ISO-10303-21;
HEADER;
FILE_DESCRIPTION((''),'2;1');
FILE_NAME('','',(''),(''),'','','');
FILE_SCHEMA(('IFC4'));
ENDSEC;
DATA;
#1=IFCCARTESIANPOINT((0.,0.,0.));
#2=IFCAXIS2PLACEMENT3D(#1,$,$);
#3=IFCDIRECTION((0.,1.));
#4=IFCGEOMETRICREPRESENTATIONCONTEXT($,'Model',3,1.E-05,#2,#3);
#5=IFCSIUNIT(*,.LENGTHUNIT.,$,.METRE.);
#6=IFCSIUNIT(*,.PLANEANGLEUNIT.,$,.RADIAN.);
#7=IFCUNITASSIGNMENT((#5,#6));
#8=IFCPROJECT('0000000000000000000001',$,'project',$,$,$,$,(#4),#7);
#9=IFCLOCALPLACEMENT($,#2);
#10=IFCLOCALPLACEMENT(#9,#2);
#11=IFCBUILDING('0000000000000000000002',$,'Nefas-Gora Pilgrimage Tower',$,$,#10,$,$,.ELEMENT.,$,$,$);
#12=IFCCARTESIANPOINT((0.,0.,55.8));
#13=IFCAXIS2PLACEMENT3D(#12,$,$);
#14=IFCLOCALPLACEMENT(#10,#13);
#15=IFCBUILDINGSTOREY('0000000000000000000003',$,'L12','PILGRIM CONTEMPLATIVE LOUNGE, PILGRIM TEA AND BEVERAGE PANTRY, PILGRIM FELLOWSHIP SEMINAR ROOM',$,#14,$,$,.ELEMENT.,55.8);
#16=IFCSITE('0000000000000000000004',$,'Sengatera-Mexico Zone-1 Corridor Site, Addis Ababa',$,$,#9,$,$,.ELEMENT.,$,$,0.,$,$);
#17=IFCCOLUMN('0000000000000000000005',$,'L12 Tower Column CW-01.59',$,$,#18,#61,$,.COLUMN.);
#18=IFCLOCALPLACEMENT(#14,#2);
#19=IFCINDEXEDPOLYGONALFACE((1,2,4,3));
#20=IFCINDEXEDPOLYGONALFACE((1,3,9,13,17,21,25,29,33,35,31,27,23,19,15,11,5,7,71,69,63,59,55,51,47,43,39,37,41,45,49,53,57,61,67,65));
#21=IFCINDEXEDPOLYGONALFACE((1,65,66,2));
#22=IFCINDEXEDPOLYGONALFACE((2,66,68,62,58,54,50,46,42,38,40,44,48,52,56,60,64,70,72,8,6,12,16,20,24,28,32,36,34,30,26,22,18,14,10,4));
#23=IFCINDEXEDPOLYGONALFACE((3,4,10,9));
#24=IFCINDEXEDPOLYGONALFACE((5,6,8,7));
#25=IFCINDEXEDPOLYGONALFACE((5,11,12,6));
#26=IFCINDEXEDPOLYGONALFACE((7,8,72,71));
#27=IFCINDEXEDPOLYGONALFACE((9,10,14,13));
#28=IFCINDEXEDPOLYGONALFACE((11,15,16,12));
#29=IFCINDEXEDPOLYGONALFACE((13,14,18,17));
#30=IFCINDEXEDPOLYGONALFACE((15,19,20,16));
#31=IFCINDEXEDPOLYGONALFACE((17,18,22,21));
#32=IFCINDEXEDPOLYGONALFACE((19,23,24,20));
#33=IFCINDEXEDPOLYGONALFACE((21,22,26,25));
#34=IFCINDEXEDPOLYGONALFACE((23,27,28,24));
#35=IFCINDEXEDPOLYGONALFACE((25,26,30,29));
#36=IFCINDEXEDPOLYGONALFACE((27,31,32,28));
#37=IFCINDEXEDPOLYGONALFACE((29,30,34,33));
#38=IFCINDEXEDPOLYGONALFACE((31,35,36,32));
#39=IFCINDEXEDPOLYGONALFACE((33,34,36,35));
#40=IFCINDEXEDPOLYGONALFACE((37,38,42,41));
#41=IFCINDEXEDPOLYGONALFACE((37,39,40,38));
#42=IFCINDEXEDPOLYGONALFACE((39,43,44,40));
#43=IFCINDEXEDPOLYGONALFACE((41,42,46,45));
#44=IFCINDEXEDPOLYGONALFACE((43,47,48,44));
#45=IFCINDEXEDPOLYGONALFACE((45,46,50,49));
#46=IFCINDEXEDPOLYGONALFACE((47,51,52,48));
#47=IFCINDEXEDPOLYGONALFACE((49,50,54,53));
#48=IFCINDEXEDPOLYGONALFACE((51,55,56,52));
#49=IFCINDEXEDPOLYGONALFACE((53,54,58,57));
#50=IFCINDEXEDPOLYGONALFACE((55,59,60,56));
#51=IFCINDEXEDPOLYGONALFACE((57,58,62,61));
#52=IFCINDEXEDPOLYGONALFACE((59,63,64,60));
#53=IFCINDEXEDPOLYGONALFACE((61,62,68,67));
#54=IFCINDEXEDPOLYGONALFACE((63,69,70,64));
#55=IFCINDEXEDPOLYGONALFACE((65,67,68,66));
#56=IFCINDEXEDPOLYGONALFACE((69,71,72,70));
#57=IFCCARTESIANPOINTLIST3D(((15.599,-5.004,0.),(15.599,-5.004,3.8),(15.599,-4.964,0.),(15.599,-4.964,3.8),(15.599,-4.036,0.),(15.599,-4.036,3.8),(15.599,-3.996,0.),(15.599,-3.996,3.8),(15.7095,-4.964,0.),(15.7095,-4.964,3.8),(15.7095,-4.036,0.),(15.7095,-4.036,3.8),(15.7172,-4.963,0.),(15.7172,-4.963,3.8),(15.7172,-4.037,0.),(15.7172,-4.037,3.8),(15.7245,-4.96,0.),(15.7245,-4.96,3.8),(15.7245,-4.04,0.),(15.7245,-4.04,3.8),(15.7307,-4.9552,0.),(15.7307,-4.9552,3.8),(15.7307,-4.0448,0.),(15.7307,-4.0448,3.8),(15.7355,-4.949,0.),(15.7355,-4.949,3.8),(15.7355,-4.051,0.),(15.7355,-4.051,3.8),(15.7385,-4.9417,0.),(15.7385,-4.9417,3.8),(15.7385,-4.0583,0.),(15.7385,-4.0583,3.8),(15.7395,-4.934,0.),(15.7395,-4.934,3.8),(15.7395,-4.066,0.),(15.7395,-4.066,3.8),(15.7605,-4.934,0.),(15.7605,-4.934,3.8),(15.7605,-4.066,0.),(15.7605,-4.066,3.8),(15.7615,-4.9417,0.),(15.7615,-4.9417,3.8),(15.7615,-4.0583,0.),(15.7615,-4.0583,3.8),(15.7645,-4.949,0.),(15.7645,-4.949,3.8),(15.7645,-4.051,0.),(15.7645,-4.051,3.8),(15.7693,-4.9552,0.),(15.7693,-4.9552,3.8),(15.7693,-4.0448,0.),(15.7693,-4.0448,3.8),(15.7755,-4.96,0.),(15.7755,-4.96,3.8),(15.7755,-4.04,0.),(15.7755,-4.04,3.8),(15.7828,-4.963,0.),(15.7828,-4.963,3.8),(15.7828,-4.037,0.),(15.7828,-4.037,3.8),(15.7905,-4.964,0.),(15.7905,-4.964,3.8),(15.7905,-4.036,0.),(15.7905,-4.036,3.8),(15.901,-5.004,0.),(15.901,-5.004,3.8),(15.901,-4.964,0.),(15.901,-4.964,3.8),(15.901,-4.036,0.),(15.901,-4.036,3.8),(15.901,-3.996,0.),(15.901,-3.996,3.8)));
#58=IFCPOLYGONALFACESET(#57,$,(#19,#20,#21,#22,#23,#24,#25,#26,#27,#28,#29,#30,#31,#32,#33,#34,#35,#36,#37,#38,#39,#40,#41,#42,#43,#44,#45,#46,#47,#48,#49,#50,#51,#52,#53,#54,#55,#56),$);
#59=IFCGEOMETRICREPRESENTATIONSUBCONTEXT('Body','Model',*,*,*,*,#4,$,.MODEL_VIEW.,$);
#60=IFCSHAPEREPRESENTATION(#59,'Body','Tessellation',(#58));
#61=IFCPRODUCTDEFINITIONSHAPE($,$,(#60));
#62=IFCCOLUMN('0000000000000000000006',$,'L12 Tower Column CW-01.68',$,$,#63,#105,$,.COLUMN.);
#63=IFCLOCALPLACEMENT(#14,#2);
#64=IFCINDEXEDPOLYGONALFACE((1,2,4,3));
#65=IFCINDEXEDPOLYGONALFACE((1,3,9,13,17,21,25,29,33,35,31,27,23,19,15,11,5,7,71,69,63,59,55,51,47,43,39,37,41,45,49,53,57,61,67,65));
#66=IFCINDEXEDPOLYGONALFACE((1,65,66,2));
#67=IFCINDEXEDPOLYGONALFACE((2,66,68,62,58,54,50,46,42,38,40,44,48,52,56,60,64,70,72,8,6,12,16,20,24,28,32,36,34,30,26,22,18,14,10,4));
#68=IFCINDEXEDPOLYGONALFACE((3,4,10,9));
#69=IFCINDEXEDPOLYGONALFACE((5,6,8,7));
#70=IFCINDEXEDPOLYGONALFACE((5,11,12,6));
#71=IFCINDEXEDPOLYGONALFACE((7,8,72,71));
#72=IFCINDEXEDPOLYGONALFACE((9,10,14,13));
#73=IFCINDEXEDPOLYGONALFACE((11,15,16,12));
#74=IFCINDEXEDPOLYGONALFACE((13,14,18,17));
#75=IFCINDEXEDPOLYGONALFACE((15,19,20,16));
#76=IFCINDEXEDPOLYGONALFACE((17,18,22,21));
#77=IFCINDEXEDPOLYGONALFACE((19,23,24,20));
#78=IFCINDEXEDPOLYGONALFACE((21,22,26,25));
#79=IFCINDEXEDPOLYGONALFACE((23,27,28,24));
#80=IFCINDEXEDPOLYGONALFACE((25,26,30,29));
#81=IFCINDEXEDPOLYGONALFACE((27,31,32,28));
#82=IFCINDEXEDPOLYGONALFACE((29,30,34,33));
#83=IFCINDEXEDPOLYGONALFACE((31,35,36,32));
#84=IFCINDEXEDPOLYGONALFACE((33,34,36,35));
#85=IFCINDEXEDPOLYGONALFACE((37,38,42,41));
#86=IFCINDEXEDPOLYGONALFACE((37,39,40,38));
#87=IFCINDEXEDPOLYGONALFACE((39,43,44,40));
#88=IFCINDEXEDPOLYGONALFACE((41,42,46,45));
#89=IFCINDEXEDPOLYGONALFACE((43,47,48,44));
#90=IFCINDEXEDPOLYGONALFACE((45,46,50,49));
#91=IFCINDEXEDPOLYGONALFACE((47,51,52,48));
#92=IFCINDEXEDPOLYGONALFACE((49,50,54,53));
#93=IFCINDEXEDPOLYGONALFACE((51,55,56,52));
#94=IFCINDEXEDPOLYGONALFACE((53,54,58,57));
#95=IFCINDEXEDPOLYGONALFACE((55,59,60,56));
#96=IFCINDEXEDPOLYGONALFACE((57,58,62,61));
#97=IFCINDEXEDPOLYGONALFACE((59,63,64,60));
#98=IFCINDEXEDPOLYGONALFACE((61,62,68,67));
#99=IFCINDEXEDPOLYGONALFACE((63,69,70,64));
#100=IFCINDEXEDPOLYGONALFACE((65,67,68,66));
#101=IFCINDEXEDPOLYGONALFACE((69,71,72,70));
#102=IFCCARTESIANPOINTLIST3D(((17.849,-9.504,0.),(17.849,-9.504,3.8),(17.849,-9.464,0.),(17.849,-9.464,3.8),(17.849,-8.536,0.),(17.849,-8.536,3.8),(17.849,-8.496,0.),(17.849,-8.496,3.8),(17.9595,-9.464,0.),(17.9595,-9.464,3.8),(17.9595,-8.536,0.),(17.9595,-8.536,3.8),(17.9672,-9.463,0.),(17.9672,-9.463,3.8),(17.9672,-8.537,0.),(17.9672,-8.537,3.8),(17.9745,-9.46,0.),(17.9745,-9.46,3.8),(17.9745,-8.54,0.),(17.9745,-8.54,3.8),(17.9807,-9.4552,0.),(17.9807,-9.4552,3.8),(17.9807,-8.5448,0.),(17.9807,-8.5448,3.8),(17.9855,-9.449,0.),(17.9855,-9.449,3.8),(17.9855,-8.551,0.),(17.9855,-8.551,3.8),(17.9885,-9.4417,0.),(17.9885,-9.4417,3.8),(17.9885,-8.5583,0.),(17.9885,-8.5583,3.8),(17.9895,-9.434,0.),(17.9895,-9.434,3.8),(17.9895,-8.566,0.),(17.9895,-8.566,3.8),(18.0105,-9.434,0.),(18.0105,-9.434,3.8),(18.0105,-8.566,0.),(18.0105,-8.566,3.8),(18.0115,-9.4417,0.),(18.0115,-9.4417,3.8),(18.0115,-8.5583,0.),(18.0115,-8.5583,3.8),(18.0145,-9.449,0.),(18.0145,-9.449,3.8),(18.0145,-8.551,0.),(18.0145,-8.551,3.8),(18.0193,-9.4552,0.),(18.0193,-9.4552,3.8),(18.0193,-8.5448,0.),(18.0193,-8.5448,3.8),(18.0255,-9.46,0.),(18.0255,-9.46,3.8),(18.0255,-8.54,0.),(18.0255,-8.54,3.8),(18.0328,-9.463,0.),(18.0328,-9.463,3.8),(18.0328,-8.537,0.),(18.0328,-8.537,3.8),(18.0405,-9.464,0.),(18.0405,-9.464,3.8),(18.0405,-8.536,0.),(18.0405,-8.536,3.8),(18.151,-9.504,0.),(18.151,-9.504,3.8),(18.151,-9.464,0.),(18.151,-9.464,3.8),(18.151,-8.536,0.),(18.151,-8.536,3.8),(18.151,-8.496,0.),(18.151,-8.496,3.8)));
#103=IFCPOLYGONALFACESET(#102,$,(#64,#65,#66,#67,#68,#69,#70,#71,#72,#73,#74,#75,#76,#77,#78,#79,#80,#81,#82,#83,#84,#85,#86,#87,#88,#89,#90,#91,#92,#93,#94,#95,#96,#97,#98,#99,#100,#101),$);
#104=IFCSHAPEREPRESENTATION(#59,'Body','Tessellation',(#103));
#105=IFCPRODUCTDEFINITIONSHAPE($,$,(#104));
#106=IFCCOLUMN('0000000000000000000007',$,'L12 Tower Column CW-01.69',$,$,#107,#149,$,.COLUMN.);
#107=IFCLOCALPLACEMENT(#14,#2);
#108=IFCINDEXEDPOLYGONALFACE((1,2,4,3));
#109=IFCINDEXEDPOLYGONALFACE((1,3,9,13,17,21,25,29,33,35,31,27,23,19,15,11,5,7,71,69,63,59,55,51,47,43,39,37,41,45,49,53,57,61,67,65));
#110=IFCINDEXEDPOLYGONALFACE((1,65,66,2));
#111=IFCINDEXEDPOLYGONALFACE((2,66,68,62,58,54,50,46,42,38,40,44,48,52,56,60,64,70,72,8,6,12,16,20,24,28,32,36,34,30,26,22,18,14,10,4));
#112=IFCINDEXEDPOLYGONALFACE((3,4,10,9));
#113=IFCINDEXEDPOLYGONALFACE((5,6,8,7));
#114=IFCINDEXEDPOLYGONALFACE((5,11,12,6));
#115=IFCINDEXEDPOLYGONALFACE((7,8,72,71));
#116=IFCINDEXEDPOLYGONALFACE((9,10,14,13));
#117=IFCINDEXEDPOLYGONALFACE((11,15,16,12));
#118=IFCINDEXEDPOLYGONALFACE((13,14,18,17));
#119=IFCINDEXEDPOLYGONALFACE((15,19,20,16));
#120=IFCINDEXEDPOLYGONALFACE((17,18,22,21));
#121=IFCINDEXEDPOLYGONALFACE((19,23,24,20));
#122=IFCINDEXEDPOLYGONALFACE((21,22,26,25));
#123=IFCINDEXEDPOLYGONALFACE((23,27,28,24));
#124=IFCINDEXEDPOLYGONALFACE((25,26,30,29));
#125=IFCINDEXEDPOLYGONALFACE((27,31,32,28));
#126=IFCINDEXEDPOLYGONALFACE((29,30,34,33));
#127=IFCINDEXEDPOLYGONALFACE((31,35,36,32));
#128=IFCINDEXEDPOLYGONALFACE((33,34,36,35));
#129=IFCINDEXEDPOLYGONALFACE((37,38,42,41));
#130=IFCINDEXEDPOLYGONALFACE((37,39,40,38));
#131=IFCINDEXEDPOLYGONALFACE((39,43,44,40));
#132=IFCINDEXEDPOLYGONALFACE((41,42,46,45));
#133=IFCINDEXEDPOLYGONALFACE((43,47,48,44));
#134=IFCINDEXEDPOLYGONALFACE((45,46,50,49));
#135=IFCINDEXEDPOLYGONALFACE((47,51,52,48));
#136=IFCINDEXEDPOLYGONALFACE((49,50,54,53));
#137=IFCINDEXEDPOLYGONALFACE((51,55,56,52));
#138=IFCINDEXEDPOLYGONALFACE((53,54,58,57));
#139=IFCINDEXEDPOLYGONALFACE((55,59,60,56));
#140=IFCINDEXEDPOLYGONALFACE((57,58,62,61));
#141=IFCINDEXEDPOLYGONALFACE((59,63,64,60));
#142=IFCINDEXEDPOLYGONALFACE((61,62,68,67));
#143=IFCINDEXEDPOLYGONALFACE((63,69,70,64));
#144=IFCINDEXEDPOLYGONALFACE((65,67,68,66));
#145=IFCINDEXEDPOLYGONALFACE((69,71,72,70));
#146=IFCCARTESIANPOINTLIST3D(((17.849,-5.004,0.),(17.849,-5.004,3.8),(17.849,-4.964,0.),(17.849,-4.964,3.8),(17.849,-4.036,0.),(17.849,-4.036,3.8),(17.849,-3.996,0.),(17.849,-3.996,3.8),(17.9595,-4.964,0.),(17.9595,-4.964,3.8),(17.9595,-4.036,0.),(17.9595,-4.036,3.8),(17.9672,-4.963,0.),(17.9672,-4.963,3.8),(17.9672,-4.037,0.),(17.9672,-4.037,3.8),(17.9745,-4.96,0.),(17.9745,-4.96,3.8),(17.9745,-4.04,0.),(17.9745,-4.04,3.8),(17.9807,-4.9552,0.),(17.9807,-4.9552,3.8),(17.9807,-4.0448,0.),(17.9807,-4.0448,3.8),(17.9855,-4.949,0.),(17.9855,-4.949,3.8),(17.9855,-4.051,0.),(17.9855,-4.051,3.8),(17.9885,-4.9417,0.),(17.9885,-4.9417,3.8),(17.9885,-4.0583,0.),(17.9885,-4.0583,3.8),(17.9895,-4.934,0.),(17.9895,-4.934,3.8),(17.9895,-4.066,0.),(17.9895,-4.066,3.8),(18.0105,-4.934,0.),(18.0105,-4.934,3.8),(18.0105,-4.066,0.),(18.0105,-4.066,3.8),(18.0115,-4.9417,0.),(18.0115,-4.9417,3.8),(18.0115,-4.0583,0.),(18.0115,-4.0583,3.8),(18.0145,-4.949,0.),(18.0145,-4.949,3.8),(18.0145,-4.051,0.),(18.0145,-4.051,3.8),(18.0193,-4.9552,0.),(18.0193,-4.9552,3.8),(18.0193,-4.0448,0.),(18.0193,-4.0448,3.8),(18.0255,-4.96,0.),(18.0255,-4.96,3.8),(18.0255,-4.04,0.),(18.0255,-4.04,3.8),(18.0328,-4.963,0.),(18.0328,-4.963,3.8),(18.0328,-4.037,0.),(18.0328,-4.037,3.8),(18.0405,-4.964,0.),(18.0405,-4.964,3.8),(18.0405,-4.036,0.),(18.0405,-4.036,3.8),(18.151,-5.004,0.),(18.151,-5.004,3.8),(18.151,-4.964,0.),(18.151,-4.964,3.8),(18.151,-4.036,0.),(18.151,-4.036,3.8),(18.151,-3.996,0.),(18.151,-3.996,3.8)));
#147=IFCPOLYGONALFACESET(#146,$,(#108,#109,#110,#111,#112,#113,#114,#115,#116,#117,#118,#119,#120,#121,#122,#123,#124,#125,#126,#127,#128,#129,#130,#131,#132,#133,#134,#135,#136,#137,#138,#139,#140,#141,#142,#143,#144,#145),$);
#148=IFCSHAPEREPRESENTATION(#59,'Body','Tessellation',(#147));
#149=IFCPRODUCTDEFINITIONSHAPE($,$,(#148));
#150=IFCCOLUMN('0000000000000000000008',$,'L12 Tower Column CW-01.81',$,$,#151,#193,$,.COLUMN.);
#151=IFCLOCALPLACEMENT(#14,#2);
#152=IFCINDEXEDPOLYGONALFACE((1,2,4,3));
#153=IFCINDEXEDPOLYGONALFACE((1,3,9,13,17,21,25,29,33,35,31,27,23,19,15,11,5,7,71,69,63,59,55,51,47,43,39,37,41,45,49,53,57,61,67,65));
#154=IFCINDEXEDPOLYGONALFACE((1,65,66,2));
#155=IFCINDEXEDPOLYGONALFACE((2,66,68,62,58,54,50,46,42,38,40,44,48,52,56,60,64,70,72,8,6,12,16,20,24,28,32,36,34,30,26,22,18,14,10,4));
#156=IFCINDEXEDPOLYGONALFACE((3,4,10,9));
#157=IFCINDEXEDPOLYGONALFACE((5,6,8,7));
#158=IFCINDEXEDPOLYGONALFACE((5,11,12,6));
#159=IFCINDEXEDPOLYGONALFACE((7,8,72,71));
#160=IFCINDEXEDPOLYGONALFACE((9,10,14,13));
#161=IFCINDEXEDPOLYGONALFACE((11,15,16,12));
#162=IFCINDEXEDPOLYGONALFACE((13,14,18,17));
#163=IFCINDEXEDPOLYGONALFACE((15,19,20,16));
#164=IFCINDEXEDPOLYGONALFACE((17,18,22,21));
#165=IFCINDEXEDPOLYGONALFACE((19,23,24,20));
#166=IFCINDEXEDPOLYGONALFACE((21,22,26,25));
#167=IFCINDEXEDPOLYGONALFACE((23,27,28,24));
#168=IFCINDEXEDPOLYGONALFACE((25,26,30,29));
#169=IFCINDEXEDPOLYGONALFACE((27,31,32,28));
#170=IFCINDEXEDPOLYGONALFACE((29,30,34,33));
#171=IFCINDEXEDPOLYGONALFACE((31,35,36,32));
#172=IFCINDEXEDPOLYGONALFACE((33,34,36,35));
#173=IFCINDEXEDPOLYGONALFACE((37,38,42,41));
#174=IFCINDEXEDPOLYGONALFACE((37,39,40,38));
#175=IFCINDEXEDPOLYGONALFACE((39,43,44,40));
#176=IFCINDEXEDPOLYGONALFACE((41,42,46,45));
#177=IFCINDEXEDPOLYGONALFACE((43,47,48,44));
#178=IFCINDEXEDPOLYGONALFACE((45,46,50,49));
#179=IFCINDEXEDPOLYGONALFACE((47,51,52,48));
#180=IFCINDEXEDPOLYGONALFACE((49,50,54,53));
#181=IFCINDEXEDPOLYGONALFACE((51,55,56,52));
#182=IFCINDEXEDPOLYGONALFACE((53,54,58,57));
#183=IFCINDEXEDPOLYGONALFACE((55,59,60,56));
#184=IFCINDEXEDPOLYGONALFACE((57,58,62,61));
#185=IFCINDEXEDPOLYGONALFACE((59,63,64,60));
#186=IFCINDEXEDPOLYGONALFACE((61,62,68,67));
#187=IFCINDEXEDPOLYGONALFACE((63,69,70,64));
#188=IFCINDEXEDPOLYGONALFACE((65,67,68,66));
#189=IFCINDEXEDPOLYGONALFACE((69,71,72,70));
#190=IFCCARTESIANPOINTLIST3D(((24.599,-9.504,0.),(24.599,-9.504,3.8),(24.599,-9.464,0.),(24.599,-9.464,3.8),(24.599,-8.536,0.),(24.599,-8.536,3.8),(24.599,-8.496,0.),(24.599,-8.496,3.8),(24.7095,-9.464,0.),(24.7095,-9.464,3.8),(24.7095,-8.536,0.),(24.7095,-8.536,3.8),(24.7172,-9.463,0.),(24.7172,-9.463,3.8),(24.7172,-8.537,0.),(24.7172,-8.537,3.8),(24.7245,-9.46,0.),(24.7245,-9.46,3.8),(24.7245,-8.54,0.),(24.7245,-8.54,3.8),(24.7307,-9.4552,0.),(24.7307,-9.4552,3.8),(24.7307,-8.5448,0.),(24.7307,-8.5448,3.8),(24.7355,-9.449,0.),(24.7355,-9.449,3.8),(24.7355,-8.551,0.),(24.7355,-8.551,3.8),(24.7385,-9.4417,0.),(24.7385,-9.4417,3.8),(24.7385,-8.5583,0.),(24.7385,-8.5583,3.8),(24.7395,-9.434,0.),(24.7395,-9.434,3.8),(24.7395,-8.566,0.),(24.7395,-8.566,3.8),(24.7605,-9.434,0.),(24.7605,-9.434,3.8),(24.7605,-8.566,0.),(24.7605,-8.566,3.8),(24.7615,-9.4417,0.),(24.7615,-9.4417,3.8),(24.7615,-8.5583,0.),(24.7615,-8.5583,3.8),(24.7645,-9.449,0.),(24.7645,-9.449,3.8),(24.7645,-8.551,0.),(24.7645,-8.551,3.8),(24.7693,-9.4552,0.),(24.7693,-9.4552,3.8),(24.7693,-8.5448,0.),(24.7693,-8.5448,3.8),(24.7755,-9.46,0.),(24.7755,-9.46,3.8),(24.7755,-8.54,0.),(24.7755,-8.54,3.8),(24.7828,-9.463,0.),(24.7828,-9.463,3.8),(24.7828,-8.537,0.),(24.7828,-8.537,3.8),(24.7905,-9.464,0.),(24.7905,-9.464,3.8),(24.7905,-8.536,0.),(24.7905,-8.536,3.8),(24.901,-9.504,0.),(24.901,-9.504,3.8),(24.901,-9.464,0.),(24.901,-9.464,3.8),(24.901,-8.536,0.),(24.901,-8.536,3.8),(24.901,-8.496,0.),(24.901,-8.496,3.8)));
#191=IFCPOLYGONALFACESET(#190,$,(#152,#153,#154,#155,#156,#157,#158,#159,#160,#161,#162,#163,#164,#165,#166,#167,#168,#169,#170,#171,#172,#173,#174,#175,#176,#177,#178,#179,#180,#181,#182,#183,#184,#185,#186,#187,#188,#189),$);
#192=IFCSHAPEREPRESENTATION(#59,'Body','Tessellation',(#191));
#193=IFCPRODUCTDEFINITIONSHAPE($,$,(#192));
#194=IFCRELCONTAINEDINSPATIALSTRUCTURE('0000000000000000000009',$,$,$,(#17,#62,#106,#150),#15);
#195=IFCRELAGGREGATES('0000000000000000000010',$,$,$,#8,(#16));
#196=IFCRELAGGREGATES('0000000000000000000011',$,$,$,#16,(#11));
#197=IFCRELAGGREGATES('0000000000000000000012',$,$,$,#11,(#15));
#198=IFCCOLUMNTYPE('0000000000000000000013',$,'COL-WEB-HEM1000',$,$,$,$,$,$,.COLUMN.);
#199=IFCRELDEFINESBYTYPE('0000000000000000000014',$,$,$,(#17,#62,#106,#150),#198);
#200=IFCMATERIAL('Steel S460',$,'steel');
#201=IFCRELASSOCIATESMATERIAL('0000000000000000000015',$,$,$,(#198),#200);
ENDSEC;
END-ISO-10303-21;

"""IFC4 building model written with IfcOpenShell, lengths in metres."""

from ifc_helpers import new_model, si_unit, direction, frame, origin, origin_2d, place, context, subcontext, project, spatial, i_section, extrude, source, transform, mapped, material, material_profile, profile_set, type_object, element, save


model = new_model("IFC4")

# Units and contexts
model_context = context("Model", 3, precision=1e-05, world=origin(), true_north=direction((0.0, 1.0)))
body_context = subcontext(model_context, "Body", "Model", "MODEL_VIEW")
ifc_project = project(units=[si_unit("LENGTHUNIT", "METRE"), si_unit("PLANEANGLEUNIT", "RADIAN")], contexts=[model_context])

# Site, building, storey
site_placement = place(None, origin())
site = spatial("IfcSite", under=ifc_project, at=site_placement, Name="Sengatera-Mexico Zone-1 Corridor Site, Addis Ababa", CompositionType="ELEMENT", RefElevation=0.0)
building_placement = place(site_placement, origin())
building = spatial("IfcBuilding", under=site, at=building_placement, Name="Nefas-Gora Pilgrimage Tower", CompositionType="ELEMENT")
storey_placement = place(building_placement, frame((0.0, 0.0, 55.8)))
storey = spatial("IfcBuildingStorey", under=building, at=storey_placement, Name="L12", Description="PILGRIM CONTEMPLATIVE LOUNGE, PILGRIM TEA AND BEVERAGE PANTRY, PILGRIM FELLOWSHIP SEMINAR ROOM", CompositionType="ELEMENT", Elevation=55.8)

# Columns
ifc_material_1 = material(Name="Steel S460", Category="steel")
ifc_material_profile_1 = material_profile(ifc_material_1, i_section(OverallWidth=0.302, OverallDepth=1.0081, WebThickness=0.021, FlangeThickness=0.04, FilletRadius=0.03, at=origin_2d()), Name="HEM 1000")
ifc_profile_set_1 = profile_set([ifc_material_profile_1], Name="Steel S460")
column_type_1 = type_object("IfcColumnType", Name="COL-WEB-HEM1000", PredefinedType="COLUMN", material=ifc_profile_set_1)
shared_shape_1 = source(origin(), body_context, "Body", "SweptSolid", [
    extrude(i_section(OverallWidth=0.302, OverallDepth=1.0081, WebThickness=0.021, FlangeThickness=0.04, FilletRadius=0.03, at=origin_2d()), origin(), (0.0, 0.0, 1.0), 3.8),
])
for number, where, z_axis, x_axis, name in (
    (1, (15.75, -4.5, 0.0), (0.0, 0.0, 1.0), (1.0, 0.0, 0.0), "L12 Tower Column CW-01.59"),
    (2, (18.0, -9.0, 0.0), (0.0, 0.0, 1.0), (1.0, 0.0, 0.0), "L12 Tower Column CW-01.68"),
    (3, (18.0, -4.5, 0.0), (0.0, 0.0, 1.0), (1.0, 0.0, 0.0), "L12 Tower Column CW-01.69"),
    (4, (24.75, -9.0, 0.0), (0.0, 0.0, 1.0), (1.0, 0.0, 0.0), "L12 Tower Column CW-01.81"),
):
    element("IfcColumn", number, at=place(storey_placement, frame(where, z_axis=z_axis, x_axis=x_axis)), inside=storey, type_object=column_type_1, Name=name, PredefinedType="COLUMN", context=body_context, shape_type="MappedRepresentation", body=[
        mapped(shared_shape_1, transform((0.0, 0.0, 0.0), x_axis=(1.0, 0.0, 0.0), y_axis=(0.0, 1.0, 0.0), z_axis=(0.0, 0.0, 1.0), scale=1.0)),
    ])

save(model, "model.ifc")
